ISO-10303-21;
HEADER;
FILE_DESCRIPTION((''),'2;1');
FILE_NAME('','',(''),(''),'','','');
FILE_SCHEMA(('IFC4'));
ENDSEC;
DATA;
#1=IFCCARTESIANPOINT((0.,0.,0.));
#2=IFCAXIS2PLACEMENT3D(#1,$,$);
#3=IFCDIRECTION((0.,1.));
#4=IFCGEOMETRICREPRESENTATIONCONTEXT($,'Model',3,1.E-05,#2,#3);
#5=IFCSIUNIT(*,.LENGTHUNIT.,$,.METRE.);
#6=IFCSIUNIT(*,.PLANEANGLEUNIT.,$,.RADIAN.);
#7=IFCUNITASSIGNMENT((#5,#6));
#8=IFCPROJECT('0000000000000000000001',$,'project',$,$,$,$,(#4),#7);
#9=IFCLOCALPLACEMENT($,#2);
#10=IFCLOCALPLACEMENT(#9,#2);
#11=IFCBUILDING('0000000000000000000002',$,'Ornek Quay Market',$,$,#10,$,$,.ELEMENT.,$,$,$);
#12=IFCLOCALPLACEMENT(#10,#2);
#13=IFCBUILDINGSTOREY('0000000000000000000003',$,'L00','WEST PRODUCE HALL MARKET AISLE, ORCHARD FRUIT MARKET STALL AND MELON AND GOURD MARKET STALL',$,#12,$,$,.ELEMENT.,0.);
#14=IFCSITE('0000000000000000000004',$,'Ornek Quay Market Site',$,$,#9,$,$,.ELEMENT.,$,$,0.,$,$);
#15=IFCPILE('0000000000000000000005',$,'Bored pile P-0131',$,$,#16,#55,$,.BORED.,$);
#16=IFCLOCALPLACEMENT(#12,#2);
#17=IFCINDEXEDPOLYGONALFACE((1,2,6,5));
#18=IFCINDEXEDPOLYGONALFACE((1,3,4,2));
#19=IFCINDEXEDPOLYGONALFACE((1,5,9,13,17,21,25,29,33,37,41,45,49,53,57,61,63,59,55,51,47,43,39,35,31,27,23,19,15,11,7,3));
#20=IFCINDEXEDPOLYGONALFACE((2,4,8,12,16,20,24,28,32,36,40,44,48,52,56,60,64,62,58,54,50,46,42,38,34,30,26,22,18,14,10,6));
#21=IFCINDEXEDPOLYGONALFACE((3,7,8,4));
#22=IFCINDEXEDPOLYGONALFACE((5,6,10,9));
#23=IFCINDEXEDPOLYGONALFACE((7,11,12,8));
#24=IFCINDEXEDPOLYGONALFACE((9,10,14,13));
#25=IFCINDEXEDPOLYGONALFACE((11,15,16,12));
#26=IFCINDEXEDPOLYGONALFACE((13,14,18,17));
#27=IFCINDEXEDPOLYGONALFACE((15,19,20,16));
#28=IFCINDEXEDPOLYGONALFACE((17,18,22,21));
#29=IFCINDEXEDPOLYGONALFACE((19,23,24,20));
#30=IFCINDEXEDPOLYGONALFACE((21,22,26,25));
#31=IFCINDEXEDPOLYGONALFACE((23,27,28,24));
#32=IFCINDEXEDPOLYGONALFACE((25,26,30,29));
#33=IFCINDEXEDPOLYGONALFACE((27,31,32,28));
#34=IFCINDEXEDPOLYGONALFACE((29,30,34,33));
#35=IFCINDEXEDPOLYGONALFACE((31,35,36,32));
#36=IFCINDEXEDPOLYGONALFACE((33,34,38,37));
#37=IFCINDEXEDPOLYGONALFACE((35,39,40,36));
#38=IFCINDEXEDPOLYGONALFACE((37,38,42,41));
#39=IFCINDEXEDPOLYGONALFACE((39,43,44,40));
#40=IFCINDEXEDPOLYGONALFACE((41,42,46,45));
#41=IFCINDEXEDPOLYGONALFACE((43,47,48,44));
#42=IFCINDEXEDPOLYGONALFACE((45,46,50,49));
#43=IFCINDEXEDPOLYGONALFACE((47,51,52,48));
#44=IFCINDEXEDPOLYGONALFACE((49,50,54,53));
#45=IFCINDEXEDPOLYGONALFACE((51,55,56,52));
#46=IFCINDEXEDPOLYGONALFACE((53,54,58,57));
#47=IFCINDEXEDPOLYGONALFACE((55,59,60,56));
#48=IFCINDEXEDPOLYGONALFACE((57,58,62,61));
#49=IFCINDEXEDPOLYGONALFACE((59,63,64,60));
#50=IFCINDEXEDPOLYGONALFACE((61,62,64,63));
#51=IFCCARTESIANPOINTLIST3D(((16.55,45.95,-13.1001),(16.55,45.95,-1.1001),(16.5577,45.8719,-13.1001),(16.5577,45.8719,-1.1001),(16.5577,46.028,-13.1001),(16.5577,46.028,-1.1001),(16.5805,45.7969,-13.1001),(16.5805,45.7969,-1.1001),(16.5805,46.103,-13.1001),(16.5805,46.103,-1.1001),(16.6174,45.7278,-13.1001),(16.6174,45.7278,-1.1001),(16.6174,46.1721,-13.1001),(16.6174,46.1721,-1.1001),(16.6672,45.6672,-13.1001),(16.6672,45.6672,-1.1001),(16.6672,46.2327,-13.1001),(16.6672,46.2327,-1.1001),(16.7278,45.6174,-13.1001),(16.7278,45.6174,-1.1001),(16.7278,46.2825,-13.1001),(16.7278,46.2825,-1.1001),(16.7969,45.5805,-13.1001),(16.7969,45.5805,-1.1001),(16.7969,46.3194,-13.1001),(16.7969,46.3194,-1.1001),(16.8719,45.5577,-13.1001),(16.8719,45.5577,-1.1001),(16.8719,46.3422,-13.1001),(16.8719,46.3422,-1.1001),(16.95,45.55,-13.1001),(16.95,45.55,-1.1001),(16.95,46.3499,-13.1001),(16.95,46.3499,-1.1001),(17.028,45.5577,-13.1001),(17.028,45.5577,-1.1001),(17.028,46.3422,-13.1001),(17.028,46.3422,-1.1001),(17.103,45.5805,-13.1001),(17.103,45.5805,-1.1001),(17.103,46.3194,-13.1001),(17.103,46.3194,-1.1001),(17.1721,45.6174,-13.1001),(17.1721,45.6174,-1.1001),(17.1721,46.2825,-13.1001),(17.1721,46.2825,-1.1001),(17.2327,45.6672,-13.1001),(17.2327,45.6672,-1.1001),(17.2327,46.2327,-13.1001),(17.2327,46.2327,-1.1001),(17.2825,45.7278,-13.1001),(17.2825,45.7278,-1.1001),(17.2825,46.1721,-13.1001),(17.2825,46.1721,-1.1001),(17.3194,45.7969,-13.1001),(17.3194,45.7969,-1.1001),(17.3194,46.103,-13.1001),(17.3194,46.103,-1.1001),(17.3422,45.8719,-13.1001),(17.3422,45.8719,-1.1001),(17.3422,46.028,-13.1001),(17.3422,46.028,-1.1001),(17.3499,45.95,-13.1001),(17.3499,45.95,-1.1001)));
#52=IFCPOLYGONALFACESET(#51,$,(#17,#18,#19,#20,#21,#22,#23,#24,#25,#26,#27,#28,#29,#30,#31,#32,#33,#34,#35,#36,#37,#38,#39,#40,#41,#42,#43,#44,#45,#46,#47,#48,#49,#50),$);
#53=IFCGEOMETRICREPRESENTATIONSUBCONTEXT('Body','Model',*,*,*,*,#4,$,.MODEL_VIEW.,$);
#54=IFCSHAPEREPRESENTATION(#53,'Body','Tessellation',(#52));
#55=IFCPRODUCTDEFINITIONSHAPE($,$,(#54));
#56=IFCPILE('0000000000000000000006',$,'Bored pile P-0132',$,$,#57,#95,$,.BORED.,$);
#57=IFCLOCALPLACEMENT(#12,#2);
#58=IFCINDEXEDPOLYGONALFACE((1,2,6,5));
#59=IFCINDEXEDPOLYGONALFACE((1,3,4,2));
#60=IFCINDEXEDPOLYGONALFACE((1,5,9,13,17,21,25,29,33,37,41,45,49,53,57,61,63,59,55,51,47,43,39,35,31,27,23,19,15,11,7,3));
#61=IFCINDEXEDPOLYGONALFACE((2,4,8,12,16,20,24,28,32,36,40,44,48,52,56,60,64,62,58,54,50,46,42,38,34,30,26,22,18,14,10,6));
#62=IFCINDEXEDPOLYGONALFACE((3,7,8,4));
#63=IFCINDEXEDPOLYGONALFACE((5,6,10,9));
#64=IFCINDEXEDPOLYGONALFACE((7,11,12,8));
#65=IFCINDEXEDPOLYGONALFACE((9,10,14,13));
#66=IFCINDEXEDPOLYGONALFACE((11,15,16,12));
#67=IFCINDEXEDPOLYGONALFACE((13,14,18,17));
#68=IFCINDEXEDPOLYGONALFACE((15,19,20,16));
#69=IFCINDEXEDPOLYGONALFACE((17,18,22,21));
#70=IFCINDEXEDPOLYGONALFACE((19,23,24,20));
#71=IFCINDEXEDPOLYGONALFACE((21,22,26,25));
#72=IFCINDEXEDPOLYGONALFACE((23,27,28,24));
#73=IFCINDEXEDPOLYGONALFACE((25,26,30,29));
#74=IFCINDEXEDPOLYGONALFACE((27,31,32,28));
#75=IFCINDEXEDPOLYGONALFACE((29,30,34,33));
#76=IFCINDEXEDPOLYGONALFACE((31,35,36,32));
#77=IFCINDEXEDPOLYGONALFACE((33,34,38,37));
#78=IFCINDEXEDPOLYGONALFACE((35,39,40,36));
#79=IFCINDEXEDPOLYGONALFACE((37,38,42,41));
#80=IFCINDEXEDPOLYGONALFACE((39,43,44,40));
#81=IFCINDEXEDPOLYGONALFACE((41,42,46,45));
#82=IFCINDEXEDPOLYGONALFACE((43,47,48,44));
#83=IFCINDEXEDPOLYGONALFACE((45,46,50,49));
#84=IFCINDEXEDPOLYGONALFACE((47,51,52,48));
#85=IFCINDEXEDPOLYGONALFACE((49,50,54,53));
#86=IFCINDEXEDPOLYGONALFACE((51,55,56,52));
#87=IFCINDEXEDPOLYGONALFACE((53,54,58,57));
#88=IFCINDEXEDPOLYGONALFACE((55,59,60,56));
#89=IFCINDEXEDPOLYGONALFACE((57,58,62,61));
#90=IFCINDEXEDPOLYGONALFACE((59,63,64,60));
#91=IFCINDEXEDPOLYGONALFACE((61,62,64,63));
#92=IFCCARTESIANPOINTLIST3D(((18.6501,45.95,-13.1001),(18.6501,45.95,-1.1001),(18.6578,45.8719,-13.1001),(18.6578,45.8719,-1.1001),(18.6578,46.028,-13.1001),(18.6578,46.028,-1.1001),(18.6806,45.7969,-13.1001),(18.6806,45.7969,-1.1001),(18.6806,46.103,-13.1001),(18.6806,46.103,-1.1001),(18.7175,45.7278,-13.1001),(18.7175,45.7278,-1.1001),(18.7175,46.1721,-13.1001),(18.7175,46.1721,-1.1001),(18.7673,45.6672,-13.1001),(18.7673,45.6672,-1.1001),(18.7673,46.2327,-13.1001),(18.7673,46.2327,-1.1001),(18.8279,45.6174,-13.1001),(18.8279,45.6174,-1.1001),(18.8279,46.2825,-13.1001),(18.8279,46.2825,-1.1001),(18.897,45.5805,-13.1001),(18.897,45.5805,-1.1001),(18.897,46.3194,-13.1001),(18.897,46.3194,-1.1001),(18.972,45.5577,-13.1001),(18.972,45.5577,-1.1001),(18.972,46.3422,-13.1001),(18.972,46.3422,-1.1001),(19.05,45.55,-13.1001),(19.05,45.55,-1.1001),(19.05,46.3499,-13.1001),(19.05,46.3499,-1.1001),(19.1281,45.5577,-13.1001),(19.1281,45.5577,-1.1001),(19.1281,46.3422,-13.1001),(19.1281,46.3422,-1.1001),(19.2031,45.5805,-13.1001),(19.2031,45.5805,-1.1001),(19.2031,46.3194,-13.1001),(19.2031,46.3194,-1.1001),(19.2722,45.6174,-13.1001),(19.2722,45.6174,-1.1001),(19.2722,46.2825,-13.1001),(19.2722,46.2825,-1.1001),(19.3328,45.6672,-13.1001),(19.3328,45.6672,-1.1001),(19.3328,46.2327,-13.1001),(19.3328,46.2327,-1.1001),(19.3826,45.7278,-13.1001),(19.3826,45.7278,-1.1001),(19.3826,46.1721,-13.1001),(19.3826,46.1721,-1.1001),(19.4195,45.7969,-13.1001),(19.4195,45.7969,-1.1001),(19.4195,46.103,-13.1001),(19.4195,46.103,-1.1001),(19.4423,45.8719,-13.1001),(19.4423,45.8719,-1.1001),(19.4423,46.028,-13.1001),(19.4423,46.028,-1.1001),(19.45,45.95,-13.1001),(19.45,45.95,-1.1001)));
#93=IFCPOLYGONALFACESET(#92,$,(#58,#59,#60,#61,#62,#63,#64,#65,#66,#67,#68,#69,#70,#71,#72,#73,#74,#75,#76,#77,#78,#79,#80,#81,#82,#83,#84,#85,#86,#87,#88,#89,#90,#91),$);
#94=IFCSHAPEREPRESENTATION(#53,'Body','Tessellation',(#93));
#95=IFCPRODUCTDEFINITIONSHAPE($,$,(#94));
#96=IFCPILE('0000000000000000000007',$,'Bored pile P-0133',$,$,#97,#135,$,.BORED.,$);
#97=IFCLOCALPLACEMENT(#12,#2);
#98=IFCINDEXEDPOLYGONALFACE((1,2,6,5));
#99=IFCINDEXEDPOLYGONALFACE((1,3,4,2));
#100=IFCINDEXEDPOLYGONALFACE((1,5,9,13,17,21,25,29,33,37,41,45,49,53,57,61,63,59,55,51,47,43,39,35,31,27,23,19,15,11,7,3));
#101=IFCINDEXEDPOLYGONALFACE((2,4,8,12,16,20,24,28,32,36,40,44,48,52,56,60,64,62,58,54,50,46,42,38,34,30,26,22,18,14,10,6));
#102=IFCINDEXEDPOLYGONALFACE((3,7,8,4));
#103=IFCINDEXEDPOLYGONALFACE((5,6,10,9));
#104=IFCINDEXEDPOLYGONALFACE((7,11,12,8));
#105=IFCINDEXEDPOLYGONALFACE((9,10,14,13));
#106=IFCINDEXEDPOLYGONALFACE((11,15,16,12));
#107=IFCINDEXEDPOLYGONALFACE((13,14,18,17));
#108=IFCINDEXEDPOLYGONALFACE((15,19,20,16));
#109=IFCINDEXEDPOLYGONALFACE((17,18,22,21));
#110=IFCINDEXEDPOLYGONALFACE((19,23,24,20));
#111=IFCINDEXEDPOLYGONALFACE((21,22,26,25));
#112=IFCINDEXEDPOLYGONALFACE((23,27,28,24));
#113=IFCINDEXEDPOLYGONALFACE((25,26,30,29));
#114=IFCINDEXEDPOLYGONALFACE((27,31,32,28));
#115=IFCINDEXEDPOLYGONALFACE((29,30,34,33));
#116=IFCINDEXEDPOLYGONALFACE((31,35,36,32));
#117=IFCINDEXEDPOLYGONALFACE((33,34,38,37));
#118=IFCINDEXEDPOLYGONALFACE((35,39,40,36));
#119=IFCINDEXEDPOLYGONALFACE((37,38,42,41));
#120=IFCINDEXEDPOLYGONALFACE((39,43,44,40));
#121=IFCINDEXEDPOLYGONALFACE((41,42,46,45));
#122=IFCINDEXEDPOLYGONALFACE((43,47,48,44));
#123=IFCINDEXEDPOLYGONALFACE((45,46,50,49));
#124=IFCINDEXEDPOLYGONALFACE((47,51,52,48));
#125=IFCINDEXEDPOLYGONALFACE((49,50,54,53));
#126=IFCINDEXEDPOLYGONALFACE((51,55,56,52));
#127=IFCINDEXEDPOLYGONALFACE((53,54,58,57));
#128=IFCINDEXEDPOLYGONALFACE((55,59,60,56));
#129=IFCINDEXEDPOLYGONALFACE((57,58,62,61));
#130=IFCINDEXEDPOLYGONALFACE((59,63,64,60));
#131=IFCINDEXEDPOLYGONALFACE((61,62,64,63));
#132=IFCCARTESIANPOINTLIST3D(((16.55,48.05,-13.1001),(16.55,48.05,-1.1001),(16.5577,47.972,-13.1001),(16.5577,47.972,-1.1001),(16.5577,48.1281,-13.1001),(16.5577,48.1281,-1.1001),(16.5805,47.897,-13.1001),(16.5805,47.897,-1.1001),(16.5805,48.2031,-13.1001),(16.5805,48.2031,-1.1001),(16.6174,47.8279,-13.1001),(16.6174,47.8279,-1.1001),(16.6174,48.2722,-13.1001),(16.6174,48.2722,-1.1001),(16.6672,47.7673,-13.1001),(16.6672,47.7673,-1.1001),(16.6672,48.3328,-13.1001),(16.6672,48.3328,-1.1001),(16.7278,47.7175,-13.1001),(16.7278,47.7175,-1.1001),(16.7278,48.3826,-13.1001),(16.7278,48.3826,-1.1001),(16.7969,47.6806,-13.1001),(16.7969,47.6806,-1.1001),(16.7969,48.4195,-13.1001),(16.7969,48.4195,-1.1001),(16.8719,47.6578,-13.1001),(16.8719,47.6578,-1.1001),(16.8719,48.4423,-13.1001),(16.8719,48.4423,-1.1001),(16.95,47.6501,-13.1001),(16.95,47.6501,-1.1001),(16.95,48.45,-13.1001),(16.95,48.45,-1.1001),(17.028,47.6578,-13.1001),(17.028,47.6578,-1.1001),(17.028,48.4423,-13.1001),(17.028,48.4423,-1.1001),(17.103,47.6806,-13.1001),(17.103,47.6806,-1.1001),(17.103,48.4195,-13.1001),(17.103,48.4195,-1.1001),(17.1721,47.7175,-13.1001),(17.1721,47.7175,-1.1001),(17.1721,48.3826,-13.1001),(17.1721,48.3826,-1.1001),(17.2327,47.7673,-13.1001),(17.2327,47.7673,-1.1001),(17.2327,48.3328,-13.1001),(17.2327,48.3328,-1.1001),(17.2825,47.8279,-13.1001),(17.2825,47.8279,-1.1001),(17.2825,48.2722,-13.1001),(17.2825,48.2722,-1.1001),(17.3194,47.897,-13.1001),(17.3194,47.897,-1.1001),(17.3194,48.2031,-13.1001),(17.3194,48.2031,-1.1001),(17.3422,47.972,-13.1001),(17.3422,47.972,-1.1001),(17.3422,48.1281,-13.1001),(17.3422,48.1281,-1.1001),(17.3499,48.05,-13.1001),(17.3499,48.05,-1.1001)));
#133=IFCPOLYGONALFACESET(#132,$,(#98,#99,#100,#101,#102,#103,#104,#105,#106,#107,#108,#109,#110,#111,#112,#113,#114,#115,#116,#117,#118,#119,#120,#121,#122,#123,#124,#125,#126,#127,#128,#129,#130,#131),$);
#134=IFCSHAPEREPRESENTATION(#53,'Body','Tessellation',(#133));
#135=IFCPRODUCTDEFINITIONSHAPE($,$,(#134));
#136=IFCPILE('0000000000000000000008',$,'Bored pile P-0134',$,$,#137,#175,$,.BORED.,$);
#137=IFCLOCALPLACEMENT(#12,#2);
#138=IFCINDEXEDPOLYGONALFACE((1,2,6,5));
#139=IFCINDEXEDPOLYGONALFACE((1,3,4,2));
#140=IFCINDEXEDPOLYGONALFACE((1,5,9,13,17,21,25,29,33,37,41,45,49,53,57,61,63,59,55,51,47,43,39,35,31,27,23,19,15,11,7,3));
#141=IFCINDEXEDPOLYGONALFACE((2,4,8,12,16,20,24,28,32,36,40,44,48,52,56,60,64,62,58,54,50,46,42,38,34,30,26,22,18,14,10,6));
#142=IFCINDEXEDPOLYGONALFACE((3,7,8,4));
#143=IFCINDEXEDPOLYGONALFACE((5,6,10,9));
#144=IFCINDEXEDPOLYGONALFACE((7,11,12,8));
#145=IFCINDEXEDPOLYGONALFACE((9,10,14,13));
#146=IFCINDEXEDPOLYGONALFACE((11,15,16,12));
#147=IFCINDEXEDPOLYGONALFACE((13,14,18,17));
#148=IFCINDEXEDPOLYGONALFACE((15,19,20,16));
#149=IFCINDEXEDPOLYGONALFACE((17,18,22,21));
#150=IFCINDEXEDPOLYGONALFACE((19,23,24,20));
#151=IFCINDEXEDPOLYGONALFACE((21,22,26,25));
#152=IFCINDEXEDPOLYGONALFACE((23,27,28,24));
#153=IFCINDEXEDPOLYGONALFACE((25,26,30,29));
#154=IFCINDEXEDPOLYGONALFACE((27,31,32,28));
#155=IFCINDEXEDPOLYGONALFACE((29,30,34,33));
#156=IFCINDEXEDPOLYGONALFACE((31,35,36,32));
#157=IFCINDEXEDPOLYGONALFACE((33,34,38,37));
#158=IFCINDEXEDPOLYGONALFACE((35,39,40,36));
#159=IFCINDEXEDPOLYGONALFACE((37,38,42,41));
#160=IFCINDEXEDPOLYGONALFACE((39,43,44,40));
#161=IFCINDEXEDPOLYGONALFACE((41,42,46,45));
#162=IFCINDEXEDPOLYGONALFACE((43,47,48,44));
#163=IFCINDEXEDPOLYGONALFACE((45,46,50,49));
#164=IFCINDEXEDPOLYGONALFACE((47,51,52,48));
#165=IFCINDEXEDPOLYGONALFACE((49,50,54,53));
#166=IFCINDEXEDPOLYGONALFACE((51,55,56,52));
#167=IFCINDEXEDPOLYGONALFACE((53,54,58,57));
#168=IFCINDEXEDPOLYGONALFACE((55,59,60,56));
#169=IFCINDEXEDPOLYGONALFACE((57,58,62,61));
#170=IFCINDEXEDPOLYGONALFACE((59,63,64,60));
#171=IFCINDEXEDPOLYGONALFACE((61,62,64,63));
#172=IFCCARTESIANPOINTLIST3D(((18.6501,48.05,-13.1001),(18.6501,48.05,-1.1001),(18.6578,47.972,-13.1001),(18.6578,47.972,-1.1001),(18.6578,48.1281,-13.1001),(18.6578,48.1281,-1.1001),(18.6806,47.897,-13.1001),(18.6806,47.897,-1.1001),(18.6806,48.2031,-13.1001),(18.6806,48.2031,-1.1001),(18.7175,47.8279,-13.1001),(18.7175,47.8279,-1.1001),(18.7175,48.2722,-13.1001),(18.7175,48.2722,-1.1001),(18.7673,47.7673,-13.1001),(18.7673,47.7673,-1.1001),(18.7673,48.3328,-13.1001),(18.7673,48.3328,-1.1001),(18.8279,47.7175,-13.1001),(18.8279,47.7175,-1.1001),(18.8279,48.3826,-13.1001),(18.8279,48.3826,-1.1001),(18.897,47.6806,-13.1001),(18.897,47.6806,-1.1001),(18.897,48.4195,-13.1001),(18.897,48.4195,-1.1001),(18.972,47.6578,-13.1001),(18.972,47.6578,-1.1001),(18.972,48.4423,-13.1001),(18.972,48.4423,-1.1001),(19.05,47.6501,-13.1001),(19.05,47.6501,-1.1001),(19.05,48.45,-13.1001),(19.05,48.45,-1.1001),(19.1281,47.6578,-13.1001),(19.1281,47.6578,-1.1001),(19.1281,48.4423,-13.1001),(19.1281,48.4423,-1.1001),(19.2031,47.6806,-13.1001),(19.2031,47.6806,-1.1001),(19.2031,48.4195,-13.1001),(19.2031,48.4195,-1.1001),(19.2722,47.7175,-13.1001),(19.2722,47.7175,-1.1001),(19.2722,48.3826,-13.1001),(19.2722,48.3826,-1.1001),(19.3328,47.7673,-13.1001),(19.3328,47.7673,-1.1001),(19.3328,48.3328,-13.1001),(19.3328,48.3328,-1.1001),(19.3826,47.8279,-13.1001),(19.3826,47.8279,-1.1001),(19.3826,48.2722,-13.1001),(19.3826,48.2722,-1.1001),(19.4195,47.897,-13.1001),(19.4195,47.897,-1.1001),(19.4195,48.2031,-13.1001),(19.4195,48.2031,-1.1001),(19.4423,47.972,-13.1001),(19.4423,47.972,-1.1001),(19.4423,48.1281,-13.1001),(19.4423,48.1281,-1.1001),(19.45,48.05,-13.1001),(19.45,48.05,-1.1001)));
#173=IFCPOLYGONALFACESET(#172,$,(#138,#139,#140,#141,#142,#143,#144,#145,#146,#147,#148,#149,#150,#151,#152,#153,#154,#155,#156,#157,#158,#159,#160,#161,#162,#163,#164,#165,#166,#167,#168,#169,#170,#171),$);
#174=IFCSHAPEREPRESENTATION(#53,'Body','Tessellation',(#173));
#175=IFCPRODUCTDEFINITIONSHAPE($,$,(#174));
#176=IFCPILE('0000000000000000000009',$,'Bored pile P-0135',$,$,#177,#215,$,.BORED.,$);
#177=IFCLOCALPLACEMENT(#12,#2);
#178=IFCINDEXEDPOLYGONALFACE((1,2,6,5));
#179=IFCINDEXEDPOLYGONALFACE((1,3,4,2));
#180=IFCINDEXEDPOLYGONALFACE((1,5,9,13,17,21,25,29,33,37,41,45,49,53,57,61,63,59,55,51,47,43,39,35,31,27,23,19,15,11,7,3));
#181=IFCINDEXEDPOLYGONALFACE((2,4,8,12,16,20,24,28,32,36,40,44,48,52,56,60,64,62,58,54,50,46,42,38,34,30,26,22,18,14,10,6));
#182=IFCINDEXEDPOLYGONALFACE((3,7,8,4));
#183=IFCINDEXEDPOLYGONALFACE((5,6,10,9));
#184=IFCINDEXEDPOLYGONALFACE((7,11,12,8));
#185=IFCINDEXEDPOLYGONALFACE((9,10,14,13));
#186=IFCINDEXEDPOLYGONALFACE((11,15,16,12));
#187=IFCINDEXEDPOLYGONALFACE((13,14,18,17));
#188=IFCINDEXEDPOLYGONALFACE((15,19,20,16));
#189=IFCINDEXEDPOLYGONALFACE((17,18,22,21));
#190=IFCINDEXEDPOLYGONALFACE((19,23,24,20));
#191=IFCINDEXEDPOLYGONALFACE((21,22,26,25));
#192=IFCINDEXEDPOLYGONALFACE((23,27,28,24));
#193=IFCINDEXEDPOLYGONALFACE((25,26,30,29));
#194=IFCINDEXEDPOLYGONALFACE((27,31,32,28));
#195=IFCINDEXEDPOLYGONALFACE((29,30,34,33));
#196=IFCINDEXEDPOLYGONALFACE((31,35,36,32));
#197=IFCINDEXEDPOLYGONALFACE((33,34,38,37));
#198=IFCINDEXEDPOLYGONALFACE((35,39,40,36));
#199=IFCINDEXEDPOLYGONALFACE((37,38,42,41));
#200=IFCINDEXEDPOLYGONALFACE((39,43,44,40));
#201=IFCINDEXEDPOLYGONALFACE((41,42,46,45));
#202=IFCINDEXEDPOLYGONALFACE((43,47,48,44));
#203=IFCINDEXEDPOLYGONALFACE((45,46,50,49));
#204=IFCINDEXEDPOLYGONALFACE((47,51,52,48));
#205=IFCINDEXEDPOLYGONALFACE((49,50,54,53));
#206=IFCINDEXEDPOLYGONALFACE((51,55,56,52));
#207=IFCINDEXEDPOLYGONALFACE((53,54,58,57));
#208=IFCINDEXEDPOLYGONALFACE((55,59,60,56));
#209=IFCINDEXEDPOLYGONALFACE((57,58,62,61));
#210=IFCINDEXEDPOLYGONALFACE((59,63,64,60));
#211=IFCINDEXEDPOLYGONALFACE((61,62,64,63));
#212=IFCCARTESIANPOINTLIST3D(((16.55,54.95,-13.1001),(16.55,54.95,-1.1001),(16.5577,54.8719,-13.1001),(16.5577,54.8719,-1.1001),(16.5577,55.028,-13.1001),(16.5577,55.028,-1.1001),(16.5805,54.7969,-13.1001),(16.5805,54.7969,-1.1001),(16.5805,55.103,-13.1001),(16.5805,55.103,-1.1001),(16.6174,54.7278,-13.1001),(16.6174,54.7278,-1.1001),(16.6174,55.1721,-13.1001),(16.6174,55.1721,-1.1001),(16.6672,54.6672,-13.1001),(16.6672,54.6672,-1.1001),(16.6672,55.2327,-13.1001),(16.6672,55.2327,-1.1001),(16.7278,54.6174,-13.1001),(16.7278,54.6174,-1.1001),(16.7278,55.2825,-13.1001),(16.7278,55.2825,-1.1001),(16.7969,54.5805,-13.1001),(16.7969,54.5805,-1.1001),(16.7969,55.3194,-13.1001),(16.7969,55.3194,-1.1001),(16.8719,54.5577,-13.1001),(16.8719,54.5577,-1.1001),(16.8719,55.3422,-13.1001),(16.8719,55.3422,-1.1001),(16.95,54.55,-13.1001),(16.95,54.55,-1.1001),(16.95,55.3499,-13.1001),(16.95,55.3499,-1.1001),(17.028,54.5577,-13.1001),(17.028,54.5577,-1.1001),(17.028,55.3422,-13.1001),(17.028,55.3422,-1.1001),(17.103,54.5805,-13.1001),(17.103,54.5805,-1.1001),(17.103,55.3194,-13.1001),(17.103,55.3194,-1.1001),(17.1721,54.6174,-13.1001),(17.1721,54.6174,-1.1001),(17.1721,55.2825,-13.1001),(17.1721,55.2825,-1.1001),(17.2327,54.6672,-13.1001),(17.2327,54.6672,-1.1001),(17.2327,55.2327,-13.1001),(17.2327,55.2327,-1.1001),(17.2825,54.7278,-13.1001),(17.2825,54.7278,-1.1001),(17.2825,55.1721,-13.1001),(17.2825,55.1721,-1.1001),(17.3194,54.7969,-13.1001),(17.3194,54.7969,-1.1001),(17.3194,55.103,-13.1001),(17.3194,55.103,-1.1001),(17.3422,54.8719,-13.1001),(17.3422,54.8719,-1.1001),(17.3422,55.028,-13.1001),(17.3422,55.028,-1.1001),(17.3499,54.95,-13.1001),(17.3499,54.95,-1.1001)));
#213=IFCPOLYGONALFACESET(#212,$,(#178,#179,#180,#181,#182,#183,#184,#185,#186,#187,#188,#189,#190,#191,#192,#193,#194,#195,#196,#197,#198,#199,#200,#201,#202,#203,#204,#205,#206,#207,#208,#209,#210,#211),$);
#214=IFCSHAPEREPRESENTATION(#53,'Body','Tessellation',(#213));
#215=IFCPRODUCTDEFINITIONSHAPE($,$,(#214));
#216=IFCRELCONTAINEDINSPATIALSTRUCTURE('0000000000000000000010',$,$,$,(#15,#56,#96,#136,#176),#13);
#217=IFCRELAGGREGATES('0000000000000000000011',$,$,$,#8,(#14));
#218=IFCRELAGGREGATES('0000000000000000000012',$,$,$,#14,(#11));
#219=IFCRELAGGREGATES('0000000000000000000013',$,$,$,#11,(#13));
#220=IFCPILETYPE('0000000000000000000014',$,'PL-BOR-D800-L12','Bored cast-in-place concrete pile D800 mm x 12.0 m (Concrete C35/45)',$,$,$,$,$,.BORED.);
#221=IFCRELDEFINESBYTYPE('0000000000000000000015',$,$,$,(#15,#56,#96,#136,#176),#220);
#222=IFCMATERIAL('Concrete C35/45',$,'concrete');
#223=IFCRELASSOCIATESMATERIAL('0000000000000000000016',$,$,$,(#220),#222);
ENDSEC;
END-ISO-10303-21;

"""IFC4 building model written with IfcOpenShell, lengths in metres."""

from ifc_helpers import new_model, si_unit, direction, frame, origin, origin_2d, place, context, subcontext, project, spatial, circle, extrude, material, material_profile, profile_set, type_object, element, save


model = new_model("IFC4")

# Units and contexts
model_context = context("Model", 3, precision=1e-05, world=origin(), true_north=direction((0.0, 1.0)))
body_context = subcontext(model_context, "Body", "Model", "MODEL_VIEW")
ifc_project = project(units=[si_unit("LENGTHUNIT", "METRE"), si_unit("PLANEANGLEUNIT", "RADIAN")], contexts=[model_context])

# Site, building, storey
site_placement = place(None, origin())
site = spatial("IfcSite", under=ifc_project, at=site_placement, Name="Ornek Quay Market Site", CompositionType="ELEMENT", RefElevation=0.0)
building_placement = place(site_placement, origin())
building = spatial("IfcBuilding", under=site, at=building_placement, Name="Ornek Quay Market", CompositionType="ELEMENT")
storey_placement = place(building_placement, origin())
storey = spatial("IfcBuildingStorey", under=building, at=storey_placement, Name="L00", Description="WEST PRODUCE HALL MARKET AISLE, ORCHARD FRUIT MARKET STALL AND MELON AND GOURD MARKET STALL", CompositionType="ELEMENT", Elevation=0.0)

# Piles
ifc_material_1 = material(Name="Concrete C35/45", Category="concrete")
ifc_material_profile_1 = material_profile(ifc_material_1, circle(Radius=0.3999, at=origin_2d()), Name="PILE D800", Category="concrete")
ifc_profile_set_1 = profile_set([ifc_material_profile_1], Name="Concrete C35/45")
pile_type = type_object("IfcPileType", Name="PL-BOR-D800-L12", Description="Bored cast-in-place concrete pile D800 mm x 12.0 m (Concrete C35/45)", PredefinedType="BORED", material=ifc_profile_set_1)
for number, where, z_axis, x_axis, name in (
    (1, (16.95, 45.95, -1.1001), (0.0, 0.0, -1.0), (1.0, 0.0, 0.0), "Bored pile P-0131"),
    (2, (19.05, 45.95, -1.1001), (0.0, 0.0, -1.0), (1.0, 0.0, 0.0), "Bored pile P-0132"),
    (3, (16.95, 48.05, -1.1001), (0.0, 0.0, -1.0), (1.0, 0.0, 0.0), "Bored pile P-0133"),
    (4, (19.05, 48.05, -1.1001), (0.0, 0.0, -1.0), (1.0, 0.0, 0.0), "Bored pile P-0134"),
    (5, (16.95, 54.95, -1.1001), (0.0, 0.0, -1.0), (1.0, 0.0, 0.0), "Bored pile P-0135"),
):
    element("IfcPile", number, at=place(storey_placement, frame(where, z_axis=z_axis, x_axis=x_axis)), inside=storey, type_object=pile_type, Name=name, PredefinedType="BORED", context=body_context, shape_type="SweptSolid", body=[
        extrude(circle(Radius=0.3999, at=origin_2d()), origin(), (0.0, 0.0, 1.0), 12.0),
    ])

save(model, "model.ifc")
